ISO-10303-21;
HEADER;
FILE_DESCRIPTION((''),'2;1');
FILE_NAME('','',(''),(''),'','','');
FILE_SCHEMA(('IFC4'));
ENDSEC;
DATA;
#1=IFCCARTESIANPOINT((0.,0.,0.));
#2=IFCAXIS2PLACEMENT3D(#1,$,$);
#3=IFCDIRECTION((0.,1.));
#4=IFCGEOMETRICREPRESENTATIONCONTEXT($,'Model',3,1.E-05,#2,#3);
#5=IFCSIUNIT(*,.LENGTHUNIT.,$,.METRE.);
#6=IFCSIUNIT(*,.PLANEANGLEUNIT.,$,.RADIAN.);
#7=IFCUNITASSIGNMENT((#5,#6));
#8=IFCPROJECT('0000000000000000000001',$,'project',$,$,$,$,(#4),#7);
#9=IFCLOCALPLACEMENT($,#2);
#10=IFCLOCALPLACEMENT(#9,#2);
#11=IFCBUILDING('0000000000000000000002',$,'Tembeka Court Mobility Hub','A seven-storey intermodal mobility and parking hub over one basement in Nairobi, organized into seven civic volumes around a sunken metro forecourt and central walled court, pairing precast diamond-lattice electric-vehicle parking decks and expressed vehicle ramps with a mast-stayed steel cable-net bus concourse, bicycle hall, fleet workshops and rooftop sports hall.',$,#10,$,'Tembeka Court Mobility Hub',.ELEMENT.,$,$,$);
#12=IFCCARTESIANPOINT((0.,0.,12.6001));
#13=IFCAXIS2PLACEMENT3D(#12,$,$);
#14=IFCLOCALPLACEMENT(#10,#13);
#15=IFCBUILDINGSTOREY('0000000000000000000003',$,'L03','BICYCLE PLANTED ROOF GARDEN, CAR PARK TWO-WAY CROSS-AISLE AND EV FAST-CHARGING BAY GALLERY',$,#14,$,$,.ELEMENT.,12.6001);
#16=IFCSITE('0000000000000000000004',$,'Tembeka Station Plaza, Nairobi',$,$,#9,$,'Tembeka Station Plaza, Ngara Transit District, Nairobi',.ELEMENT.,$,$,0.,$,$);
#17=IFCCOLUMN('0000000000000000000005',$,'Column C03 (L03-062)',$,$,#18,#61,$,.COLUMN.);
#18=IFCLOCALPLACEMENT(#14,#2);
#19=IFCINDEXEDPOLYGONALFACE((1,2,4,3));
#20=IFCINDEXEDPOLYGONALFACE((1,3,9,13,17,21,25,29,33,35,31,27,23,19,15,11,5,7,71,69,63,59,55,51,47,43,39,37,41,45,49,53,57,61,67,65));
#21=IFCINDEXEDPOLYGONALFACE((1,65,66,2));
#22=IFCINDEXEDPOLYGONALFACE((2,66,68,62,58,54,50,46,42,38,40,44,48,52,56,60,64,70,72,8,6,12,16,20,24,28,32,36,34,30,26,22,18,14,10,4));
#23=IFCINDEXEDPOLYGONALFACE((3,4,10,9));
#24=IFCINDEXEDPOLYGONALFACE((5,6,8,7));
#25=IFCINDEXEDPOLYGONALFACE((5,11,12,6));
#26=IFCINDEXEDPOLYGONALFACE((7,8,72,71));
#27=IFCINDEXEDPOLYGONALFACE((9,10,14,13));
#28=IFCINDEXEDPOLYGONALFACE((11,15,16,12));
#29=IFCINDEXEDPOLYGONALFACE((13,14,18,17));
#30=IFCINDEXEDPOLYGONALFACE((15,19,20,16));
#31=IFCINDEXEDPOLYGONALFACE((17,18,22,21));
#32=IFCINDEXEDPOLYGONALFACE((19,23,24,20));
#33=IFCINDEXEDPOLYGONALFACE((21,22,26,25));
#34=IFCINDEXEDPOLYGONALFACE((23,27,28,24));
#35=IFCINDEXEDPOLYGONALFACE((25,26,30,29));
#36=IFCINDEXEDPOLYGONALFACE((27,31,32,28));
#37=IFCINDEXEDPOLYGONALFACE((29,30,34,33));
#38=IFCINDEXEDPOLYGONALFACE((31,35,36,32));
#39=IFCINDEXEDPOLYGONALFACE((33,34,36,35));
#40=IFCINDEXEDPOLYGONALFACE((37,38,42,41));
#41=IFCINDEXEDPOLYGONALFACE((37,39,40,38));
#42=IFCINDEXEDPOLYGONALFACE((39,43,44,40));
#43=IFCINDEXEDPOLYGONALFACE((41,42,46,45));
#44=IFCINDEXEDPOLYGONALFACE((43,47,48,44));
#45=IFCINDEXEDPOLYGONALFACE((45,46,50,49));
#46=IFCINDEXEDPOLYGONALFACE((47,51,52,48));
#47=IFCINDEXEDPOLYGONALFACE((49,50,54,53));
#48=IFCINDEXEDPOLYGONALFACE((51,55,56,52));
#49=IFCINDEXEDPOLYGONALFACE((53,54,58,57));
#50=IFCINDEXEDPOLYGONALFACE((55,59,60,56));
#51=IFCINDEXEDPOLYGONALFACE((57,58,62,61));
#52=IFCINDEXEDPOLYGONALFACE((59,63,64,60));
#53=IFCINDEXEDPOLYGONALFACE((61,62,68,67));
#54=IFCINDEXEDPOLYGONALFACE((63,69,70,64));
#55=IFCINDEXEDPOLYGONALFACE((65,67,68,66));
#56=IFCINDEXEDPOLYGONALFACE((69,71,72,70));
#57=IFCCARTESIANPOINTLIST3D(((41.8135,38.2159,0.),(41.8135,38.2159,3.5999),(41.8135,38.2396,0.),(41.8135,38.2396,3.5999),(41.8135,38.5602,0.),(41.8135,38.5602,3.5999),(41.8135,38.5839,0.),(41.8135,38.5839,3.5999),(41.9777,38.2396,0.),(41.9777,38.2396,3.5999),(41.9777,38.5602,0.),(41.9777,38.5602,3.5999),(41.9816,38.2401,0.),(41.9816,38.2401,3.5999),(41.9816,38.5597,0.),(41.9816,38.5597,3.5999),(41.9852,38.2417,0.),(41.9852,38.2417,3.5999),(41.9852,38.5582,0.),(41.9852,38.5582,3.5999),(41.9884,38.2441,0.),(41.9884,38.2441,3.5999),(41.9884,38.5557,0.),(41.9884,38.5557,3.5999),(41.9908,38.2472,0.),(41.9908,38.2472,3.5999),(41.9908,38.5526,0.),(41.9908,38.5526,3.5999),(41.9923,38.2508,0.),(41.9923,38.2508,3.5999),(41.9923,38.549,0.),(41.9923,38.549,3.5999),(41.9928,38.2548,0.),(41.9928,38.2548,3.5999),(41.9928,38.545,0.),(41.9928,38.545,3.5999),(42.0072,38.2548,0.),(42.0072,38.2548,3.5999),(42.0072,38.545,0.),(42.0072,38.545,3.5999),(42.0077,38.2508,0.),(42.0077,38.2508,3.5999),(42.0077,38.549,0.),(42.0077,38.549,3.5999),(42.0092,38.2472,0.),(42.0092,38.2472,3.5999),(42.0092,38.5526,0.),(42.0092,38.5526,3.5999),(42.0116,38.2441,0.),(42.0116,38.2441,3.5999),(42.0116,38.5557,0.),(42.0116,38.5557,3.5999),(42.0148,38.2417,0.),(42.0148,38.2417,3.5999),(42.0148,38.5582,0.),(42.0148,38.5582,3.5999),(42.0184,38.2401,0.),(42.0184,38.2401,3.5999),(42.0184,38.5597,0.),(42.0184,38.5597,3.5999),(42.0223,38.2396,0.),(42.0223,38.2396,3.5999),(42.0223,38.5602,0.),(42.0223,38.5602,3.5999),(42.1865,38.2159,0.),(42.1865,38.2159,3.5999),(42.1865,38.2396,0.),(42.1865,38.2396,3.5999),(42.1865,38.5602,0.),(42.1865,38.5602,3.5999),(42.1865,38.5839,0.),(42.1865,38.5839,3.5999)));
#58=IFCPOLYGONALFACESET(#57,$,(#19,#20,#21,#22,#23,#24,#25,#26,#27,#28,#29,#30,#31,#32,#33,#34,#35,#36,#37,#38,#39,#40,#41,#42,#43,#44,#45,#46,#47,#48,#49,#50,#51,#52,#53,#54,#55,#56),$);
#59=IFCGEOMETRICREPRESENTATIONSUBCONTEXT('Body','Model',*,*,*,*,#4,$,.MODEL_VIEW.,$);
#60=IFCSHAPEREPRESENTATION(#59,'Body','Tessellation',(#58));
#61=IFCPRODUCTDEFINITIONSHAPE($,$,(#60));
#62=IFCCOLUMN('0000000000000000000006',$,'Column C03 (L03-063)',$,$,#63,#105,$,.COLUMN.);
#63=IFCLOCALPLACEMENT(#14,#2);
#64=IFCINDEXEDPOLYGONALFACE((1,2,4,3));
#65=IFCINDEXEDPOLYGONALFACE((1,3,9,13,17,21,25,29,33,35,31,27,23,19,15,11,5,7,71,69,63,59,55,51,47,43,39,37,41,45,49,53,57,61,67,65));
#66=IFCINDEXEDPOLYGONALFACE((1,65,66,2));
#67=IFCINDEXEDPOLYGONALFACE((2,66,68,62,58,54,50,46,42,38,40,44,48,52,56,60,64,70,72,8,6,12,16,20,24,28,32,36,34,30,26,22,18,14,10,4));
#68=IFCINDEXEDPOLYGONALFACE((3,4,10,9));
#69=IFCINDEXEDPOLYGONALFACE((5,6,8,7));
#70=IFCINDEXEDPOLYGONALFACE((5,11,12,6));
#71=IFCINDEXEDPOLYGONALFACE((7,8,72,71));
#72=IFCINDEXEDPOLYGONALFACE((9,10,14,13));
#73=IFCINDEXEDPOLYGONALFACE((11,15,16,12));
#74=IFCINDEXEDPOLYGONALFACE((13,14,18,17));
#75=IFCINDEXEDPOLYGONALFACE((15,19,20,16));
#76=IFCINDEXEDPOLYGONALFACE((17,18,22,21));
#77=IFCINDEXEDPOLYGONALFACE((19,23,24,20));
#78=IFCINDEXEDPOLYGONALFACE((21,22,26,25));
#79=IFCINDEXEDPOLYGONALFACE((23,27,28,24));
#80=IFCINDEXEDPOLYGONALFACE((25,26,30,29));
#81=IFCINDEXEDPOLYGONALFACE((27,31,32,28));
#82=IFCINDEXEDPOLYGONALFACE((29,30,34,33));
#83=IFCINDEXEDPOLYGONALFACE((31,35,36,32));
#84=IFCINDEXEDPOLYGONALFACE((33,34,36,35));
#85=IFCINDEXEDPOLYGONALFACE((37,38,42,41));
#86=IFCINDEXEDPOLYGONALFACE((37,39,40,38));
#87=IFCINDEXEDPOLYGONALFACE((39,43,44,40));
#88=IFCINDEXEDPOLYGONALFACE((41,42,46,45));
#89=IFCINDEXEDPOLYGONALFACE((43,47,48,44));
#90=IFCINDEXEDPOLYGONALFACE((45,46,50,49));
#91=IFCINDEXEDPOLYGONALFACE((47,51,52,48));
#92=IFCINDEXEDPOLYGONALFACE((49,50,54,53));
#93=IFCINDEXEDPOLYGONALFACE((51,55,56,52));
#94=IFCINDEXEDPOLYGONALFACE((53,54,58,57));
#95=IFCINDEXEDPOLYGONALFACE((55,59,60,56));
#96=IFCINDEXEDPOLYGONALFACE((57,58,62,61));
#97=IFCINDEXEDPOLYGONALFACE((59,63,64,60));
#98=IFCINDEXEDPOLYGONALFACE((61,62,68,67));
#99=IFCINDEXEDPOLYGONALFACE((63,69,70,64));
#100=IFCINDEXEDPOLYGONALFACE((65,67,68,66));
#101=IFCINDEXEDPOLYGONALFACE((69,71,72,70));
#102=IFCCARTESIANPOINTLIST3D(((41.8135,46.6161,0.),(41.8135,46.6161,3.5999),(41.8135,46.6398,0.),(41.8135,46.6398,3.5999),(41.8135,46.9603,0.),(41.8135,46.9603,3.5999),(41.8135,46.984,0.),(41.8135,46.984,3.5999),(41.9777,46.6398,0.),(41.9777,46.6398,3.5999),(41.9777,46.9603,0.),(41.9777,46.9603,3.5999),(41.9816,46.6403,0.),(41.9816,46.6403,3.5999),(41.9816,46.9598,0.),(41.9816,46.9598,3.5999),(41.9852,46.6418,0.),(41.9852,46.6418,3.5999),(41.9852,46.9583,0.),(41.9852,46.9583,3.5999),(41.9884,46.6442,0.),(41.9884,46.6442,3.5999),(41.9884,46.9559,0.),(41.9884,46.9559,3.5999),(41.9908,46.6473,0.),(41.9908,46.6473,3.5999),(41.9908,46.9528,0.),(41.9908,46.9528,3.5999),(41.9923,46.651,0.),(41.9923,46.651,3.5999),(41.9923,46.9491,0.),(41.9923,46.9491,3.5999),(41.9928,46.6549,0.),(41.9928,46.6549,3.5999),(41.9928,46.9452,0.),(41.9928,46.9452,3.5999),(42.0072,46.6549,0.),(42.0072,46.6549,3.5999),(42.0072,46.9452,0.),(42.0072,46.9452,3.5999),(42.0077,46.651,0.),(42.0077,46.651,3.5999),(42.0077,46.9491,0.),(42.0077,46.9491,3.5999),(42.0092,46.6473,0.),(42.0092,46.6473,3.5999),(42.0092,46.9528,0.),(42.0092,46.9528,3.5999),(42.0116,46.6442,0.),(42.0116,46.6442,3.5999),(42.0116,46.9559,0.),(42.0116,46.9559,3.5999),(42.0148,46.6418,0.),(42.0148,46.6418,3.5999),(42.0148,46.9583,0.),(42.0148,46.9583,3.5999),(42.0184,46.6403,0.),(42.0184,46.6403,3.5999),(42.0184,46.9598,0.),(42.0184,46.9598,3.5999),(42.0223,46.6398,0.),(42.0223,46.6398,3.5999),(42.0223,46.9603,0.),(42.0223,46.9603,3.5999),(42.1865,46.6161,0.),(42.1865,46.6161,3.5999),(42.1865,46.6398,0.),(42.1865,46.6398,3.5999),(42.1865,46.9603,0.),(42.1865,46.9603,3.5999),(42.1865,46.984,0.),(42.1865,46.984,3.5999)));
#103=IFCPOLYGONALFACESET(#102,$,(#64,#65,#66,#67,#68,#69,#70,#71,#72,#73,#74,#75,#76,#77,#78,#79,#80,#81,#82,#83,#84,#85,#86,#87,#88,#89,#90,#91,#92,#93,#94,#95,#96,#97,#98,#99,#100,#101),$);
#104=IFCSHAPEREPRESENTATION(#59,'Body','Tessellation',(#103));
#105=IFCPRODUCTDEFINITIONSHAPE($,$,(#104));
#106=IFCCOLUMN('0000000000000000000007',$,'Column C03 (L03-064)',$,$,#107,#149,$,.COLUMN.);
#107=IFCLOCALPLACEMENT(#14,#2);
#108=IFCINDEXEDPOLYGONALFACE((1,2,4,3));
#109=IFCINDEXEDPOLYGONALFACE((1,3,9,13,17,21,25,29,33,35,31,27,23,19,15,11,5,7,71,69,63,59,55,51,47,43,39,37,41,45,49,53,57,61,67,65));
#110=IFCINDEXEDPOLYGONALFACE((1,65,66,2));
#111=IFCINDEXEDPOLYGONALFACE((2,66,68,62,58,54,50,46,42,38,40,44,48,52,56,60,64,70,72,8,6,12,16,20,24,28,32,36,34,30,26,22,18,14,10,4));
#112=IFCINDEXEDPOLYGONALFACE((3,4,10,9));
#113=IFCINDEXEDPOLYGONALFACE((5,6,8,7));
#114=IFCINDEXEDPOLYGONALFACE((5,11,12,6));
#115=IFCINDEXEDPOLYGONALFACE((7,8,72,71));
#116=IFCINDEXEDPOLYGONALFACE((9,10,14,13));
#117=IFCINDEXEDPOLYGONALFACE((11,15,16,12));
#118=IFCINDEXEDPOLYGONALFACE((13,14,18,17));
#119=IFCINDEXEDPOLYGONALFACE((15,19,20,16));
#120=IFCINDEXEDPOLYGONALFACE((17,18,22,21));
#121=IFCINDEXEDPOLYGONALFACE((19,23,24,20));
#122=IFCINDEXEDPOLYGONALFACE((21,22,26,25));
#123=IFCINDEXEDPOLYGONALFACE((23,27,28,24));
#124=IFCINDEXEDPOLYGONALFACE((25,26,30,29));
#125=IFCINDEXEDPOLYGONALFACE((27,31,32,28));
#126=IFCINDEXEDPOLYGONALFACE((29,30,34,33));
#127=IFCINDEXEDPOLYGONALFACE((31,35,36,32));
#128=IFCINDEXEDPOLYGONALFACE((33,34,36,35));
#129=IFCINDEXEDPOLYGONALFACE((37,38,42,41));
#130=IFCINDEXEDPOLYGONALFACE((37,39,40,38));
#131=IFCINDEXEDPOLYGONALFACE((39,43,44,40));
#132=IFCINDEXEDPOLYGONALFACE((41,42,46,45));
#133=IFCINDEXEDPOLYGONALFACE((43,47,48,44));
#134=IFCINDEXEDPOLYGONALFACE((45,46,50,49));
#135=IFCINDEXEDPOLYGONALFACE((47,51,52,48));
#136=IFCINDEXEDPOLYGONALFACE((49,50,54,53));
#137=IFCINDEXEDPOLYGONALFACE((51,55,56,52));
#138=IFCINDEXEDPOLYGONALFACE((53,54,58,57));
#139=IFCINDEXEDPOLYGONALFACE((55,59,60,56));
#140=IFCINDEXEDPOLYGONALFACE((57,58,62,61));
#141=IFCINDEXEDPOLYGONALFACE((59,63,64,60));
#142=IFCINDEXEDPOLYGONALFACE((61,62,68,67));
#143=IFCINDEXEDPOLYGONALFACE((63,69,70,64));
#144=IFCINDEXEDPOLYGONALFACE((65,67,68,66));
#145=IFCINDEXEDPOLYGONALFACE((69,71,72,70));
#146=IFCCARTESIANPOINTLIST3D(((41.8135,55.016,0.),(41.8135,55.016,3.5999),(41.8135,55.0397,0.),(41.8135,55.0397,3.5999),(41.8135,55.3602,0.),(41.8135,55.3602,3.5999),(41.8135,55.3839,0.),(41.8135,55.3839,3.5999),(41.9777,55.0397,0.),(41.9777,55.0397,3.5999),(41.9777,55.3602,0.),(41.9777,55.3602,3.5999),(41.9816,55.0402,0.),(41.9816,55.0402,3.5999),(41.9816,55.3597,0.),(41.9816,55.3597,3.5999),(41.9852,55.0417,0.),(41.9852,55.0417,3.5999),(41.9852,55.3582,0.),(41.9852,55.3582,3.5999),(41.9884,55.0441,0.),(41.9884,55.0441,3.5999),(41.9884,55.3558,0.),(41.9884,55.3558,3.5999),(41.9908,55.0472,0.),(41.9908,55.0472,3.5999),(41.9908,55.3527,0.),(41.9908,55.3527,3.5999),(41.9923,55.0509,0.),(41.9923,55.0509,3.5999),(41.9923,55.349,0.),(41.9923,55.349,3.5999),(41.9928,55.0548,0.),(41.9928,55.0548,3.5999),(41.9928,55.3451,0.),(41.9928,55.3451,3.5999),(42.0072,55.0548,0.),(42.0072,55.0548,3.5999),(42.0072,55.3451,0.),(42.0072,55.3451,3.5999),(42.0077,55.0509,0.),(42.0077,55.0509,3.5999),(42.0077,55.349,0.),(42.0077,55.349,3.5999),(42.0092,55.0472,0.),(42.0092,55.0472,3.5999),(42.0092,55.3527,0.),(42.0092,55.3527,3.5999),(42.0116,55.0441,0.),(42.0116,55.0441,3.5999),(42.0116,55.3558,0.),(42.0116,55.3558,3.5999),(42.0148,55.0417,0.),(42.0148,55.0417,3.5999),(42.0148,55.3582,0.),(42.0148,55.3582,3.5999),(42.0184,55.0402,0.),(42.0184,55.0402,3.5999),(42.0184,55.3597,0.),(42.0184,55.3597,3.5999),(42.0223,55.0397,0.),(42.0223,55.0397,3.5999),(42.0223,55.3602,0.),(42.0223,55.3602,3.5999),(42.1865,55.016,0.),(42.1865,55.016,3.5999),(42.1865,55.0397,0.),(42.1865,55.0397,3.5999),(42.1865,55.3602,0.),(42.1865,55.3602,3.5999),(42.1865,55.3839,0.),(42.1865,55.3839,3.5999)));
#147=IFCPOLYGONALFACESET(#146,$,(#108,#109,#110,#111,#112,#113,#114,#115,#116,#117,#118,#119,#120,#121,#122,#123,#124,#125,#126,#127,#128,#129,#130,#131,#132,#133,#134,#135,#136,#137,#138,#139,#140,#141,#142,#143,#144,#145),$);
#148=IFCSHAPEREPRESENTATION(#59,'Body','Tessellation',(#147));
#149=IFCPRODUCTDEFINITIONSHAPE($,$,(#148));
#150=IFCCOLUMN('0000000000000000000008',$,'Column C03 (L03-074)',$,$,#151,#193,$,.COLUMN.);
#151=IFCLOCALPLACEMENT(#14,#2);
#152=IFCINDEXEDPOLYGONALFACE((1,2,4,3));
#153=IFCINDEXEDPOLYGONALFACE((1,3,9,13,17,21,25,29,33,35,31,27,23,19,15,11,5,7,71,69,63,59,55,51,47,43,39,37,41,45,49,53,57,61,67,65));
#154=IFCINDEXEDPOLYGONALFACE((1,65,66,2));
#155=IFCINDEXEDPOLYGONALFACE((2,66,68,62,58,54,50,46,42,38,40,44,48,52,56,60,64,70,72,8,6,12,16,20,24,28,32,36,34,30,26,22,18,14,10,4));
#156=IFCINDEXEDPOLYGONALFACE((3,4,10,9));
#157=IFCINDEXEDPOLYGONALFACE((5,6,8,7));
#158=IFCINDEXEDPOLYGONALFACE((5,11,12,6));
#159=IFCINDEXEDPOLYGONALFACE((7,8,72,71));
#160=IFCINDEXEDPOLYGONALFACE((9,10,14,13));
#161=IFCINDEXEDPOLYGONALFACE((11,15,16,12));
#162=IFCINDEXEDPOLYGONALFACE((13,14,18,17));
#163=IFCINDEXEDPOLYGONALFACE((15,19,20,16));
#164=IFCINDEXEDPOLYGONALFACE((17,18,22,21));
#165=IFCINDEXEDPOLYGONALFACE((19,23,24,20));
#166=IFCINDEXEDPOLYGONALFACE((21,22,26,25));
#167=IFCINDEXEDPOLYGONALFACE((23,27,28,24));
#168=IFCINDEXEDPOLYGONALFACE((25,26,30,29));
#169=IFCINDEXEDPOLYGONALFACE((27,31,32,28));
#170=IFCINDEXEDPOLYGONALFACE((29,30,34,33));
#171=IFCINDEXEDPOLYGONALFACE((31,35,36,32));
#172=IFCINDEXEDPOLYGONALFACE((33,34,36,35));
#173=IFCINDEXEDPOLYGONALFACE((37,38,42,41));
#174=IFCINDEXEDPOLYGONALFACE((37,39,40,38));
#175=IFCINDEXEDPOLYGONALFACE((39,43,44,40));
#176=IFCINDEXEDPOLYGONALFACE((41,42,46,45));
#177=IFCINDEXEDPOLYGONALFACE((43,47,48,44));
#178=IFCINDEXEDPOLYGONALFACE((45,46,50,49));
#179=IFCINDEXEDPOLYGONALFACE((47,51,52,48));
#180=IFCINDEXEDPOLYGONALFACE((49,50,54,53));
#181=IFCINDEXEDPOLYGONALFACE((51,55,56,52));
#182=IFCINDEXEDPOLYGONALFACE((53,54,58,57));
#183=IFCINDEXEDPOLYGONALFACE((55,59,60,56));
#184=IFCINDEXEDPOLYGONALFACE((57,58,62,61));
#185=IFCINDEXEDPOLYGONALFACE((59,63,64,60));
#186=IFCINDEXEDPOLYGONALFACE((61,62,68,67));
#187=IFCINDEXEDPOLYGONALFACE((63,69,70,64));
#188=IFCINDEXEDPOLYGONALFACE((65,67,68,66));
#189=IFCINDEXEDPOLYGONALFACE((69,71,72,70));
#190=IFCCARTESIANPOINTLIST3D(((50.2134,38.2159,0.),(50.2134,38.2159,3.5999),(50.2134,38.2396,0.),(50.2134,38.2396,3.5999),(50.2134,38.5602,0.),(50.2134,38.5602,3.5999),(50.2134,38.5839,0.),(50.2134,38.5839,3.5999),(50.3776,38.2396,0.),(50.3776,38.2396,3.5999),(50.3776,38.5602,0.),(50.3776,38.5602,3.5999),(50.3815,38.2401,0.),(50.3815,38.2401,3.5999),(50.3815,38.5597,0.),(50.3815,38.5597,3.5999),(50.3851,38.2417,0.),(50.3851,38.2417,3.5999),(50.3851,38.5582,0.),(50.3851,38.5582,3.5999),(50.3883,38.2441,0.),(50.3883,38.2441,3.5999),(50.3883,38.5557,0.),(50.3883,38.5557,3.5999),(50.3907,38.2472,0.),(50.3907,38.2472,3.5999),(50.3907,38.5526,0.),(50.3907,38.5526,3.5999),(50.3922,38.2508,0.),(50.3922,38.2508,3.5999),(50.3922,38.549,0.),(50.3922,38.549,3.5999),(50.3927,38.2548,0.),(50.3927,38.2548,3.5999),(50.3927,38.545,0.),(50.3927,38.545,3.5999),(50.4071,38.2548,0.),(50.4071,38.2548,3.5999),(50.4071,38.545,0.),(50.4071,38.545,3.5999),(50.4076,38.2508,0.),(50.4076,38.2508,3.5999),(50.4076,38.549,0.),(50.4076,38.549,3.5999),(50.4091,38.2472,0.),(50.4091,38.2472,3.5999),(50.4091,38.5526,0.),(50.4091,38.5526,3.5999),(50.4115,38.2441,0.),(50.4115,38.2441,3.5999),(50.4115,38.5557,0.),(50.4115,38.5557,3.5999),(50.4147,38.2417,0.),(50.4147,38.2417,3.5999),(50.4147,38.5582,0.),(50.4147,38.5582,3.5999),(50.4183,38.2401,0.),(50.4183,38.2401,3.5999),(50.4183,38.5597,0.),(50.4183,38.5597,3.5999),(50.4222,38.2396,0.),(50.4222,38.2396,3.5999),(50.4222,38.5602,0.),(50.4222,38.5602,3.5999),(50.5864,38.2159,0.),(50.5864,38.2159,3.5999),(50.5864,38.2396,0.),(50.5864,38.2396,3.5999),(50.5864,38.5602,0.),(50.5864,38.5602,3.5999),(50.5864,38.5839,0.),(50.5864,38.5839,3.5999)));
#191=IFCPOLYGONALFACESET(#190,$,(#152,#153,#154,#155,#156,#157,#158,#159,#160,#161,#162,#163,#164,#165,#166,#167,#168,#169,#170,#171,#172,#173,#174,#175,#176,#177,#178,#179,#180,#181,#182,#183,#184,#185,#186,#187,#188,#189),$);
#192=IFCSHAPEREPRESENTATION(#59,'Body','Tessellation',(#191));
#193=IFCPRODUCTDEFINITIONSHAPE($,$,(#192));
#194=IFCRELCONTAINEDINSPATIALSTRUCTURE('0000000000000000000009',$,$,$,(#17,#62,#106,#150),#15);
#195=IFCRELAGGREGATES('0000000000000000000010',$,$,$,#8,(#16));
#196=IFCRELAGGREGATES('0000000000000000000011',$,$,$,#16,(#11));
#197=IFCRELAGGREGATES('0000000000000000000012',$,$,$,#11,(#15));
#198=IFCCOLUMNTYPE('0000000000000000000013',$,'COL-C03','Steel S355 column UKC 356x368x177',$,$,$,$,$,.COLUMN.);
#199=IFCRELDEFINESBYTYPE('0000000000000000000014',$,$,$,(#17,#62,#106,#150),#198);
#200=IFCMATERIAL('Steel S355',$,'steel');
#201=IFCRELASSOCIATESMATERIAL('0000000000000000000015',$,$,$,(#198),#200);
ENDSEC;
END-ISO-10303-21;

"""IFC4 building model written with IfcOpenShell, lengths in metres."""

from ifc_helpers import new_model, si_unit, direction, frame, origin, origin_2d, place, context, subcontext, project, spatial, i_section, extrude, material, material_profile, profile_set, type_object, element, save


model = new_model("IFC4")

# Units and contexts
model_context = context("Model", 3, precision=1e-05, world=origin(), true_north=direction((0.0, 1.0)))
body_context = subcontext(model_context, "Body", "Model", "MODEL_VIEW")
ifc_project = project(units=[si_unit("LENGTHUNIT", "METRE"), si_unit("PLANEANGLEUNIT", "RADIAN")], contexts=[model_context])

# Site, building, storey
site_placement = place(None, origin())
site = spatial("IfcSite", under=ifc_project, at=site_placement, Name="Tembeka Station Plaza, Nairobi", LongName="Tembeka Station Plaza, Ngara Transit District, Nairobi", CompositionType="ELEMENT", RefElevation=0.0)
building_placement = place(site_placement, origin())
building = spatial("IfcBuilding", under=site, at=building_placement, Name="Tembeka Court Mobility Hub", Description="A seven-storey intermodal mobility and parking hub over one basement in Nairobi, organized into seven civic volumes around a sunken metro forecourt and central walled court, pairing precast diamond-lattice electric-vehicle parking decks and expressed vehicle ramps with a mast-stayed steel cable-net bus concourse, bicycle hall, fleet workshops and rooftop sports hall.", LongName="Tembeka Court Mobility Hub", CompositionType="ELEMENT")
storey_placement = place(building_placement, frame((0.0, 0.0, 12.6001)))
storey = spatial("IfcBuildingStorey", under=building, at=storey_placement, Name="L03", Description="BICYCLE PLANTED ROOF GARDEN, CAR PARK TWO-WAY CROSS-AISLE AND EV FAST-CHARGING BAY GALLERY", CompositionType="ELEMENT", Elevation=12.6001)

# Columns
ifc_material_1 = material(Name="Steel S355", Category="steel")
ifc_material_profile_1 = material_profile(ifc_material_1, i_section(OverallWidth=0.373, OverallDepth=0.3679, WebThickness=0.0144, FlangeThickness=0.0237, FilletRadius=0.0151, at=origin_2d()), Name="UKC 356x368x177")
ifc_profile_set_1 = profile_set([ifc_material_profile_1], Name="Steel S355")
column_type = type_object("IfcColumnType", Name="COL-C03", Description="Steel S355 column UKC 356x368x177", PredefinedType="COLUMN", material=ifc_profile_set_1)
for number, where, z_axis, x_axis, name in (
    (1, (42.0, 38.3999, 0.0), (0.0, 0.0, 1.0), (1.0, 0.0, 0.0), "Column C03 (L03-062)"),
    (2, (42.0, 46.8, 0.0), (0.0, 0.0, 1.0), (1.0, 0.0, 0.0), "Column C03 (L03-063)"),
    (3, (42.0, 55.2, 0.0), (0.0, 0.0, 1.0), (1.0, 0.0, 0.0), "Column C03 (L03-064)"),
    (4, (50.3999, 38.3999, 0.0), (0.0, 0.0, 1.0), (1.0, 0.0, 0.0), "Column C03 (L03-074)"),
):
    element("IfcColumn", number, at=place(storey_placement, frame(where, z_axis=z_axis, x_axis=x_axis)), inside=storey, type_object=column_type, Name=name, PredefinedType="COLUMN", context=body_context, shape_type="SweptSolid", body=[
        extrude(i_section(OverallWidth=0.373, OverallDepth=0.3679, WebThickness=0.0144, FlangeThickness=0.0237, FilletRadius=0.0151, at=origin_2d()), origin(), (0.0, 0.0, 1.0), 3.5999),
    ])

save(model, "model.ifc")
